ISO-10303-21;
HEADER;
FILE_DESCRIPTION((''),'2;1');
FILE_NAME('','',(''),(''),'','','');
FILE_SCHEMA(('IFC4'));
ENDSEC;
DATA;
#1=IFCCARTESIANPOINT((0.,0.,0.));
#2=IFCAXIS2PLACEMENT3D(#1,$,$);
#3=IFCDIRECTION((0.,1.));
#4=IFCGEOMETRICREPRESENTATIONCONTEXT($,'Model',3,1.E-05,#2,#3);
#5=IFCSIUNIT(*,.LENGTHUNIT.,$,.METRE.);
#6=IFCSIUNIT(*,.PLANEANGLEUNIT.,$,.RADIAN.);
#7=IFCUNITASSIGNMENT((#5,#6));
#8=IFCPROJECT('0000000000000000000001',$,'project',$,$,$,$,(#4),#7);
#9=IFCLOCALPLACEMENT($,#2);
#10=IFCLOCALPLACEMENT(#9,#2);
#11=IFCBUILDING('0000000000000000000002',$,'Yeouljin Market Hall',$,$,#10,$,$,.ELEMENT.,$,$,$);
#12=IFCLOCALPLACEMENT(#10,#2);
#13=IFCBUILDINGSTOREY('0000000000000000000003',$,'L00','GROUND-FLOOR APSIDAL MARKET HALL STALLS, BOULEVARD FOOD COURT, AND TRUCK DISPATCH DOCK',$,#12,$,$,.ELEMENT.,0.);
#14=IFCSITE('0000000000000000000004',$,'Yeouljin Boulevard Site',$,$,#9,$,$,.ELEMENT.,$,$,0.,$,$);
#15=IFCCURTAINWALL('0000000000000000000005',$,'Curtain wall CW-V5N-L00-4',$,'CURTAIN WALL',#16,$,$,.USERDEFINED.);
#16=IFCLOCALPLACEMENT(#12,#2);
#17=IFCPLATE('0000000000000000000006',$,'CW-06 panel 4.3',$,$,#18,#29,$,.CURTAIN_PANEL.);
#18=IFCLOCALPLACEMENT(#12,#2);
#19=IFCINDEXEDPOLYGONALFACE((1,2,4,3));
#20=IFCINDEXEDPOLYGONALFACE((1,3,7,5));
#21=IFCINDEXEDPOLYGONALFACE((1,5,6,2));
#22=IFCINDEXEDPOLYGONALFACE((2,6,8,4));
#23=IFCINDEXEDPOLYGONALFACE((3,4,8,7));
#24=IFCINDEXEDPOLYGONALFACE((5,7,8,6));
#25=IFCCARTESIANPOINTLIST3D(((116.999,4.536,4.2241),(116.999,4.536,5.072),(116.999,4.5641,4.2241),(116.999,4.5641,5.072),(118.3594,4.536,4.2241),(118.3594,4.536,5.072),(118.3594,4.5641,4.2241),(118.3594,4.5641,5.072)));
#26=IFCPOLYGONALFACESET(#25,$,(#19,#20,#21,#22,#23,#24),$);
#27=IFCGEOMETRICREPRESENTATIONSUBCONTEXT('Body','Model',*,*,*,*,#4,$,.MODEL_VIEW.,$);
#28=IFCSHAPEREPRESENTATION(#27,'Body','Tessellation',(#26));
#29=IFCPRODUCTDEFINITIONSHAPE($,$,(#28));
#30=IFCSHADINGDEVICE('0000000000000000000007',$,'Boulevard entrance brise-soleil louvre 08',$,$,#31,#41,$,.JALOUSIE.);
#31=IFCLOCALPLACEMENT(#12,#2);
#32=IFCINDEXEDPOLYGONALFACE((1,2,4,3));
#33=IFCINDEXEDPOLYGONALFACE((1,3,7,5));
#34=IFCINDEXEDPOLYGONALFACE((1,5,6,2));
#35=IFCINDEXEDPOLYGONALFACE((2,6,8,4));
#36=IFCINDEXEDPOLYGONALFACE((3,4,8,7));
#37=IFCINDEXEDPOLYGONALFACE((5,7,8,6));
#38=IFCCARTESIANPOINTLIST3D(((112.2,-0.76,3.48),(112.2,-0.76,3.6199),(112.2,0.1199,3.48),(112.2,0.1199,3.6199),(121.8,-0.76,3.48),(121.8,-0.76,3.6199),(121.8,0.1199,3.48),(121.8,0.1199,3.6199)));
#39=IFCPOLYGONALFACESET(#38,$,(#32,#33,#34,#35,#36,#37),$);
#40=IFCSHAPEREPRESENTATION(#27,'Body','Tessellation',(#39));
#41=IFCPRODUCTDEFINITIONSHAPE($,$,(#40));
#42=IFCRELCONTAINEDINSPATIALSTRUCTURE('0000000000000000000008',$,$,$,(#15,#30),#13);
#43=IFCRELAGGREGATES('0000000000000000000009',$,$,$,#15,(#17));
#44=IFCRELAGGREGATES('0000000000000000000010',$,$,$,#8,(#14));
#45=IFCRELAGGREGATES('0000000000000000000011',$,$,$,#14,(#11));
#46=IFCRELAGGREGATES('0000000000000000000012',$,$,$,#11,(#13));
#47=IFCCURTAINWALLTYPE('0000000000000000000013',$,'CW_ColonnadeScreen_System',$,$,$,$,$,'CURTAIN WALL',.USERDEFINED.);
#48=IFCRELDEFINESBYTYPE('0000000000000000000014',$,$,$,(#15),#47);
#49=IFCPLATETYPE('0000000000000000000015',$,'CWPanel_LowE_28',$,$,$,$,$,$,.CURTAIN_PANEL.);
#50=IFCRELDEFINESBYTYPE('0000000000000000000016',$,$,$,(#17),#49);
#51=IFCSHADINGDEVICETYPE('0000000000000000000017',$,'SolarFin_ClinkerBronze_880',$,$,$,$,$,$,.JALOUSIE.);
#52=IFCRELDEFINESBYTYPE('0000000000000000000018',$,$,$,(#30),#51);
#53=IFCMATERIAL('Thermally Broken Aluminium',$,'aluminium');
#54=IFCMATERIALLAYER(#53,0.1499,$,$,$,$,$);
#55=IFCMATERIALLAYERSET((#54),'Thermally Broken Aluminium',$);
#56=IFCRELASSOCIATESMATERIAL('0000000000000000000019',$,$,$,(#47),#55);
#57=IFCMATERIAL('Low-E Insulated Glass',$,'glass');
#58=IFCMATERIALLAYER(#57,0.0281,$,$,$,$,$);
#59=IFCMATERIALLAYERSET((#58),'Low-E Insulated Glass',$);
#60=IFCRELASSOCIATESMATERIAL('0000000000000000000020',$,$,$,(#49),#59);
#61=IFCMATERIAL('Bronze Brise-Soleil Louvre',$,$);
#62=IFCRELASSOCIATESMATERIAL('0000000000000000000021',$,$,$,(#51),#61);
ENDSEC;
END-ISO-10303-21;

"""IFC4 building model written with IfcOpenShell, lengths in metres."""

from ifc_helpers import new_model, si_unit, direction, frame, origin, origin_2d, place, context, subcontext, project, spatial, rectangle, extrude, material, layer, layer_set, type_object, element, aggregate, save


model = new_model("IFC4")

# Units and contexts
model_context = context("Model", 3, precision=1e-05, world=origin(), true_north=direction((0.0, 1.0)))
body_context = subcontext(model_context, "Body", "Model", "MODEL_VIEW")
ifc_project = project(units=[si_unit("LENGTHUNIT", "METRE"), si_unit("PLANEANGLEUNIT", "RADIAN")], contexts=[model_context])

# Site, building, storey
site_placement = place(None, origin())
site = spatial("IfcSite", under=ifc_project, at=site_placement, Name="Yeouljin Boulevard Site", CompositionType="ELEMENT", RefElevation=0.0)
building_placement = place(site_placement, origin())
building = spatial("IfcBuilding", under=site, at=building_placement, Name="Yeouljin Market Hall", CompositionType="ELEMENT")
storey_placement = place(building_placement, origin())
storey = spatial("IfcBuildingStorey", under=building, at=storey_placement, Name="L00", Description="GROUND-FLOOR APSIDAL MARKET HALL STALLS, BOULEVARD FOOD COURT, AND TRUCK DISPATCH DOCK", CompositionType="ELEMENT", Elevation=0.0)

# Curtain wall
ifc_material_1 = material(Name="Thermally Broken Aluminium", Category="aluminium")
ifc_layer_1 = layer(ifc_material_1, 0.1499)
ifc_layer_set_1 = layer_set([ifc_layer_1], Name="Thermally Broken Aluminium")
curtain_wall_type = type_object("IfcCurtainWallType", Name="CW_ColonnadeScreen_System", ElementType="CURTAIN WALL", PredefinedType="USERDEFINED", material=ifc_layer_set_1)
curtain_wall_1_placement = place(storey_placement, origin())
curtain_wall_1 = element("IfcCurtainWall", 1, at=curtain_wall_1_placement, inside=storey, type_object=curtain_wall_type, Name="Curtain wall CW-V5N-L00-4", ObjectType="CURTAIN WALL", PredefinedType="USERDEFINED")

# Plate
ifc_material_2 = material(Name="Low-E Insulated Glass", Category="glass")
ifc_layer_2 = layer(ifc_material_2, 0.0281)
ifc_layer_set_2 = layer_set([ifc_layer_2], Name="Low-E Insulated Glass")
plate_type = type_object("IfcPlateType", Name="CWPanel_LowE_28", PredefinedType="CURTAIN_PANEL", material=ifc_layer_set_2)
plate_1_placement = place(storey_placement, frame((117.6792, 4.55, 4.2241), z_axis=(0.0, 0.0, 1.0), x_axis=(1.0, 0.0, 0.0)))
plate_1 = element("IfcPlate", 2, at=plate_1_placement, type_object=plate_type, Name="CW-06 panel 4.3", PredefinedType="CURTAIN_PANEL", context=body_context, shape_type="SweptSolid", body=[
    extrude(rectangle(XDim=1.3604, YDim=0.0281, at=origin_2d()), origin(), (0.0, 0.0, 1.0), 0.8479),
])
aggregate(curtain_wall_1, [plate_1])

# Shading device
ifc_material_3 = material(Name="Bronze Brise-Soleil Louvre")
shading_device_type = type_object("IfcShadingDeviceType", Name="SolarFin_ClinkerBronze_880", PredefinedType="JALOUSIE", material=ifc_material_3)
shading_device_placement = place(storey_placement, frame((117.0, -0.3201, 3.48), z_axis=(0.0, 0.0, 1.0), x_axis=(1.0, 0.0, 0.0)))
element("IfcShadingDevice", 3, at=shading_device_placement, inside=storey, type_object=shading_device_type, Name="Boulevard entrance brise-soleil louvre 08", PredefinedType="JALOUSIE", context=body_context, shape_type="SweptSolid", body=[
    extrude(rectangle(XDim=9.6001, YDim=0.8799, at=origin_2d()), origin(), (0.0, 0.0, 1.0), 0.1399),
])

save(model, "model.ifc")
